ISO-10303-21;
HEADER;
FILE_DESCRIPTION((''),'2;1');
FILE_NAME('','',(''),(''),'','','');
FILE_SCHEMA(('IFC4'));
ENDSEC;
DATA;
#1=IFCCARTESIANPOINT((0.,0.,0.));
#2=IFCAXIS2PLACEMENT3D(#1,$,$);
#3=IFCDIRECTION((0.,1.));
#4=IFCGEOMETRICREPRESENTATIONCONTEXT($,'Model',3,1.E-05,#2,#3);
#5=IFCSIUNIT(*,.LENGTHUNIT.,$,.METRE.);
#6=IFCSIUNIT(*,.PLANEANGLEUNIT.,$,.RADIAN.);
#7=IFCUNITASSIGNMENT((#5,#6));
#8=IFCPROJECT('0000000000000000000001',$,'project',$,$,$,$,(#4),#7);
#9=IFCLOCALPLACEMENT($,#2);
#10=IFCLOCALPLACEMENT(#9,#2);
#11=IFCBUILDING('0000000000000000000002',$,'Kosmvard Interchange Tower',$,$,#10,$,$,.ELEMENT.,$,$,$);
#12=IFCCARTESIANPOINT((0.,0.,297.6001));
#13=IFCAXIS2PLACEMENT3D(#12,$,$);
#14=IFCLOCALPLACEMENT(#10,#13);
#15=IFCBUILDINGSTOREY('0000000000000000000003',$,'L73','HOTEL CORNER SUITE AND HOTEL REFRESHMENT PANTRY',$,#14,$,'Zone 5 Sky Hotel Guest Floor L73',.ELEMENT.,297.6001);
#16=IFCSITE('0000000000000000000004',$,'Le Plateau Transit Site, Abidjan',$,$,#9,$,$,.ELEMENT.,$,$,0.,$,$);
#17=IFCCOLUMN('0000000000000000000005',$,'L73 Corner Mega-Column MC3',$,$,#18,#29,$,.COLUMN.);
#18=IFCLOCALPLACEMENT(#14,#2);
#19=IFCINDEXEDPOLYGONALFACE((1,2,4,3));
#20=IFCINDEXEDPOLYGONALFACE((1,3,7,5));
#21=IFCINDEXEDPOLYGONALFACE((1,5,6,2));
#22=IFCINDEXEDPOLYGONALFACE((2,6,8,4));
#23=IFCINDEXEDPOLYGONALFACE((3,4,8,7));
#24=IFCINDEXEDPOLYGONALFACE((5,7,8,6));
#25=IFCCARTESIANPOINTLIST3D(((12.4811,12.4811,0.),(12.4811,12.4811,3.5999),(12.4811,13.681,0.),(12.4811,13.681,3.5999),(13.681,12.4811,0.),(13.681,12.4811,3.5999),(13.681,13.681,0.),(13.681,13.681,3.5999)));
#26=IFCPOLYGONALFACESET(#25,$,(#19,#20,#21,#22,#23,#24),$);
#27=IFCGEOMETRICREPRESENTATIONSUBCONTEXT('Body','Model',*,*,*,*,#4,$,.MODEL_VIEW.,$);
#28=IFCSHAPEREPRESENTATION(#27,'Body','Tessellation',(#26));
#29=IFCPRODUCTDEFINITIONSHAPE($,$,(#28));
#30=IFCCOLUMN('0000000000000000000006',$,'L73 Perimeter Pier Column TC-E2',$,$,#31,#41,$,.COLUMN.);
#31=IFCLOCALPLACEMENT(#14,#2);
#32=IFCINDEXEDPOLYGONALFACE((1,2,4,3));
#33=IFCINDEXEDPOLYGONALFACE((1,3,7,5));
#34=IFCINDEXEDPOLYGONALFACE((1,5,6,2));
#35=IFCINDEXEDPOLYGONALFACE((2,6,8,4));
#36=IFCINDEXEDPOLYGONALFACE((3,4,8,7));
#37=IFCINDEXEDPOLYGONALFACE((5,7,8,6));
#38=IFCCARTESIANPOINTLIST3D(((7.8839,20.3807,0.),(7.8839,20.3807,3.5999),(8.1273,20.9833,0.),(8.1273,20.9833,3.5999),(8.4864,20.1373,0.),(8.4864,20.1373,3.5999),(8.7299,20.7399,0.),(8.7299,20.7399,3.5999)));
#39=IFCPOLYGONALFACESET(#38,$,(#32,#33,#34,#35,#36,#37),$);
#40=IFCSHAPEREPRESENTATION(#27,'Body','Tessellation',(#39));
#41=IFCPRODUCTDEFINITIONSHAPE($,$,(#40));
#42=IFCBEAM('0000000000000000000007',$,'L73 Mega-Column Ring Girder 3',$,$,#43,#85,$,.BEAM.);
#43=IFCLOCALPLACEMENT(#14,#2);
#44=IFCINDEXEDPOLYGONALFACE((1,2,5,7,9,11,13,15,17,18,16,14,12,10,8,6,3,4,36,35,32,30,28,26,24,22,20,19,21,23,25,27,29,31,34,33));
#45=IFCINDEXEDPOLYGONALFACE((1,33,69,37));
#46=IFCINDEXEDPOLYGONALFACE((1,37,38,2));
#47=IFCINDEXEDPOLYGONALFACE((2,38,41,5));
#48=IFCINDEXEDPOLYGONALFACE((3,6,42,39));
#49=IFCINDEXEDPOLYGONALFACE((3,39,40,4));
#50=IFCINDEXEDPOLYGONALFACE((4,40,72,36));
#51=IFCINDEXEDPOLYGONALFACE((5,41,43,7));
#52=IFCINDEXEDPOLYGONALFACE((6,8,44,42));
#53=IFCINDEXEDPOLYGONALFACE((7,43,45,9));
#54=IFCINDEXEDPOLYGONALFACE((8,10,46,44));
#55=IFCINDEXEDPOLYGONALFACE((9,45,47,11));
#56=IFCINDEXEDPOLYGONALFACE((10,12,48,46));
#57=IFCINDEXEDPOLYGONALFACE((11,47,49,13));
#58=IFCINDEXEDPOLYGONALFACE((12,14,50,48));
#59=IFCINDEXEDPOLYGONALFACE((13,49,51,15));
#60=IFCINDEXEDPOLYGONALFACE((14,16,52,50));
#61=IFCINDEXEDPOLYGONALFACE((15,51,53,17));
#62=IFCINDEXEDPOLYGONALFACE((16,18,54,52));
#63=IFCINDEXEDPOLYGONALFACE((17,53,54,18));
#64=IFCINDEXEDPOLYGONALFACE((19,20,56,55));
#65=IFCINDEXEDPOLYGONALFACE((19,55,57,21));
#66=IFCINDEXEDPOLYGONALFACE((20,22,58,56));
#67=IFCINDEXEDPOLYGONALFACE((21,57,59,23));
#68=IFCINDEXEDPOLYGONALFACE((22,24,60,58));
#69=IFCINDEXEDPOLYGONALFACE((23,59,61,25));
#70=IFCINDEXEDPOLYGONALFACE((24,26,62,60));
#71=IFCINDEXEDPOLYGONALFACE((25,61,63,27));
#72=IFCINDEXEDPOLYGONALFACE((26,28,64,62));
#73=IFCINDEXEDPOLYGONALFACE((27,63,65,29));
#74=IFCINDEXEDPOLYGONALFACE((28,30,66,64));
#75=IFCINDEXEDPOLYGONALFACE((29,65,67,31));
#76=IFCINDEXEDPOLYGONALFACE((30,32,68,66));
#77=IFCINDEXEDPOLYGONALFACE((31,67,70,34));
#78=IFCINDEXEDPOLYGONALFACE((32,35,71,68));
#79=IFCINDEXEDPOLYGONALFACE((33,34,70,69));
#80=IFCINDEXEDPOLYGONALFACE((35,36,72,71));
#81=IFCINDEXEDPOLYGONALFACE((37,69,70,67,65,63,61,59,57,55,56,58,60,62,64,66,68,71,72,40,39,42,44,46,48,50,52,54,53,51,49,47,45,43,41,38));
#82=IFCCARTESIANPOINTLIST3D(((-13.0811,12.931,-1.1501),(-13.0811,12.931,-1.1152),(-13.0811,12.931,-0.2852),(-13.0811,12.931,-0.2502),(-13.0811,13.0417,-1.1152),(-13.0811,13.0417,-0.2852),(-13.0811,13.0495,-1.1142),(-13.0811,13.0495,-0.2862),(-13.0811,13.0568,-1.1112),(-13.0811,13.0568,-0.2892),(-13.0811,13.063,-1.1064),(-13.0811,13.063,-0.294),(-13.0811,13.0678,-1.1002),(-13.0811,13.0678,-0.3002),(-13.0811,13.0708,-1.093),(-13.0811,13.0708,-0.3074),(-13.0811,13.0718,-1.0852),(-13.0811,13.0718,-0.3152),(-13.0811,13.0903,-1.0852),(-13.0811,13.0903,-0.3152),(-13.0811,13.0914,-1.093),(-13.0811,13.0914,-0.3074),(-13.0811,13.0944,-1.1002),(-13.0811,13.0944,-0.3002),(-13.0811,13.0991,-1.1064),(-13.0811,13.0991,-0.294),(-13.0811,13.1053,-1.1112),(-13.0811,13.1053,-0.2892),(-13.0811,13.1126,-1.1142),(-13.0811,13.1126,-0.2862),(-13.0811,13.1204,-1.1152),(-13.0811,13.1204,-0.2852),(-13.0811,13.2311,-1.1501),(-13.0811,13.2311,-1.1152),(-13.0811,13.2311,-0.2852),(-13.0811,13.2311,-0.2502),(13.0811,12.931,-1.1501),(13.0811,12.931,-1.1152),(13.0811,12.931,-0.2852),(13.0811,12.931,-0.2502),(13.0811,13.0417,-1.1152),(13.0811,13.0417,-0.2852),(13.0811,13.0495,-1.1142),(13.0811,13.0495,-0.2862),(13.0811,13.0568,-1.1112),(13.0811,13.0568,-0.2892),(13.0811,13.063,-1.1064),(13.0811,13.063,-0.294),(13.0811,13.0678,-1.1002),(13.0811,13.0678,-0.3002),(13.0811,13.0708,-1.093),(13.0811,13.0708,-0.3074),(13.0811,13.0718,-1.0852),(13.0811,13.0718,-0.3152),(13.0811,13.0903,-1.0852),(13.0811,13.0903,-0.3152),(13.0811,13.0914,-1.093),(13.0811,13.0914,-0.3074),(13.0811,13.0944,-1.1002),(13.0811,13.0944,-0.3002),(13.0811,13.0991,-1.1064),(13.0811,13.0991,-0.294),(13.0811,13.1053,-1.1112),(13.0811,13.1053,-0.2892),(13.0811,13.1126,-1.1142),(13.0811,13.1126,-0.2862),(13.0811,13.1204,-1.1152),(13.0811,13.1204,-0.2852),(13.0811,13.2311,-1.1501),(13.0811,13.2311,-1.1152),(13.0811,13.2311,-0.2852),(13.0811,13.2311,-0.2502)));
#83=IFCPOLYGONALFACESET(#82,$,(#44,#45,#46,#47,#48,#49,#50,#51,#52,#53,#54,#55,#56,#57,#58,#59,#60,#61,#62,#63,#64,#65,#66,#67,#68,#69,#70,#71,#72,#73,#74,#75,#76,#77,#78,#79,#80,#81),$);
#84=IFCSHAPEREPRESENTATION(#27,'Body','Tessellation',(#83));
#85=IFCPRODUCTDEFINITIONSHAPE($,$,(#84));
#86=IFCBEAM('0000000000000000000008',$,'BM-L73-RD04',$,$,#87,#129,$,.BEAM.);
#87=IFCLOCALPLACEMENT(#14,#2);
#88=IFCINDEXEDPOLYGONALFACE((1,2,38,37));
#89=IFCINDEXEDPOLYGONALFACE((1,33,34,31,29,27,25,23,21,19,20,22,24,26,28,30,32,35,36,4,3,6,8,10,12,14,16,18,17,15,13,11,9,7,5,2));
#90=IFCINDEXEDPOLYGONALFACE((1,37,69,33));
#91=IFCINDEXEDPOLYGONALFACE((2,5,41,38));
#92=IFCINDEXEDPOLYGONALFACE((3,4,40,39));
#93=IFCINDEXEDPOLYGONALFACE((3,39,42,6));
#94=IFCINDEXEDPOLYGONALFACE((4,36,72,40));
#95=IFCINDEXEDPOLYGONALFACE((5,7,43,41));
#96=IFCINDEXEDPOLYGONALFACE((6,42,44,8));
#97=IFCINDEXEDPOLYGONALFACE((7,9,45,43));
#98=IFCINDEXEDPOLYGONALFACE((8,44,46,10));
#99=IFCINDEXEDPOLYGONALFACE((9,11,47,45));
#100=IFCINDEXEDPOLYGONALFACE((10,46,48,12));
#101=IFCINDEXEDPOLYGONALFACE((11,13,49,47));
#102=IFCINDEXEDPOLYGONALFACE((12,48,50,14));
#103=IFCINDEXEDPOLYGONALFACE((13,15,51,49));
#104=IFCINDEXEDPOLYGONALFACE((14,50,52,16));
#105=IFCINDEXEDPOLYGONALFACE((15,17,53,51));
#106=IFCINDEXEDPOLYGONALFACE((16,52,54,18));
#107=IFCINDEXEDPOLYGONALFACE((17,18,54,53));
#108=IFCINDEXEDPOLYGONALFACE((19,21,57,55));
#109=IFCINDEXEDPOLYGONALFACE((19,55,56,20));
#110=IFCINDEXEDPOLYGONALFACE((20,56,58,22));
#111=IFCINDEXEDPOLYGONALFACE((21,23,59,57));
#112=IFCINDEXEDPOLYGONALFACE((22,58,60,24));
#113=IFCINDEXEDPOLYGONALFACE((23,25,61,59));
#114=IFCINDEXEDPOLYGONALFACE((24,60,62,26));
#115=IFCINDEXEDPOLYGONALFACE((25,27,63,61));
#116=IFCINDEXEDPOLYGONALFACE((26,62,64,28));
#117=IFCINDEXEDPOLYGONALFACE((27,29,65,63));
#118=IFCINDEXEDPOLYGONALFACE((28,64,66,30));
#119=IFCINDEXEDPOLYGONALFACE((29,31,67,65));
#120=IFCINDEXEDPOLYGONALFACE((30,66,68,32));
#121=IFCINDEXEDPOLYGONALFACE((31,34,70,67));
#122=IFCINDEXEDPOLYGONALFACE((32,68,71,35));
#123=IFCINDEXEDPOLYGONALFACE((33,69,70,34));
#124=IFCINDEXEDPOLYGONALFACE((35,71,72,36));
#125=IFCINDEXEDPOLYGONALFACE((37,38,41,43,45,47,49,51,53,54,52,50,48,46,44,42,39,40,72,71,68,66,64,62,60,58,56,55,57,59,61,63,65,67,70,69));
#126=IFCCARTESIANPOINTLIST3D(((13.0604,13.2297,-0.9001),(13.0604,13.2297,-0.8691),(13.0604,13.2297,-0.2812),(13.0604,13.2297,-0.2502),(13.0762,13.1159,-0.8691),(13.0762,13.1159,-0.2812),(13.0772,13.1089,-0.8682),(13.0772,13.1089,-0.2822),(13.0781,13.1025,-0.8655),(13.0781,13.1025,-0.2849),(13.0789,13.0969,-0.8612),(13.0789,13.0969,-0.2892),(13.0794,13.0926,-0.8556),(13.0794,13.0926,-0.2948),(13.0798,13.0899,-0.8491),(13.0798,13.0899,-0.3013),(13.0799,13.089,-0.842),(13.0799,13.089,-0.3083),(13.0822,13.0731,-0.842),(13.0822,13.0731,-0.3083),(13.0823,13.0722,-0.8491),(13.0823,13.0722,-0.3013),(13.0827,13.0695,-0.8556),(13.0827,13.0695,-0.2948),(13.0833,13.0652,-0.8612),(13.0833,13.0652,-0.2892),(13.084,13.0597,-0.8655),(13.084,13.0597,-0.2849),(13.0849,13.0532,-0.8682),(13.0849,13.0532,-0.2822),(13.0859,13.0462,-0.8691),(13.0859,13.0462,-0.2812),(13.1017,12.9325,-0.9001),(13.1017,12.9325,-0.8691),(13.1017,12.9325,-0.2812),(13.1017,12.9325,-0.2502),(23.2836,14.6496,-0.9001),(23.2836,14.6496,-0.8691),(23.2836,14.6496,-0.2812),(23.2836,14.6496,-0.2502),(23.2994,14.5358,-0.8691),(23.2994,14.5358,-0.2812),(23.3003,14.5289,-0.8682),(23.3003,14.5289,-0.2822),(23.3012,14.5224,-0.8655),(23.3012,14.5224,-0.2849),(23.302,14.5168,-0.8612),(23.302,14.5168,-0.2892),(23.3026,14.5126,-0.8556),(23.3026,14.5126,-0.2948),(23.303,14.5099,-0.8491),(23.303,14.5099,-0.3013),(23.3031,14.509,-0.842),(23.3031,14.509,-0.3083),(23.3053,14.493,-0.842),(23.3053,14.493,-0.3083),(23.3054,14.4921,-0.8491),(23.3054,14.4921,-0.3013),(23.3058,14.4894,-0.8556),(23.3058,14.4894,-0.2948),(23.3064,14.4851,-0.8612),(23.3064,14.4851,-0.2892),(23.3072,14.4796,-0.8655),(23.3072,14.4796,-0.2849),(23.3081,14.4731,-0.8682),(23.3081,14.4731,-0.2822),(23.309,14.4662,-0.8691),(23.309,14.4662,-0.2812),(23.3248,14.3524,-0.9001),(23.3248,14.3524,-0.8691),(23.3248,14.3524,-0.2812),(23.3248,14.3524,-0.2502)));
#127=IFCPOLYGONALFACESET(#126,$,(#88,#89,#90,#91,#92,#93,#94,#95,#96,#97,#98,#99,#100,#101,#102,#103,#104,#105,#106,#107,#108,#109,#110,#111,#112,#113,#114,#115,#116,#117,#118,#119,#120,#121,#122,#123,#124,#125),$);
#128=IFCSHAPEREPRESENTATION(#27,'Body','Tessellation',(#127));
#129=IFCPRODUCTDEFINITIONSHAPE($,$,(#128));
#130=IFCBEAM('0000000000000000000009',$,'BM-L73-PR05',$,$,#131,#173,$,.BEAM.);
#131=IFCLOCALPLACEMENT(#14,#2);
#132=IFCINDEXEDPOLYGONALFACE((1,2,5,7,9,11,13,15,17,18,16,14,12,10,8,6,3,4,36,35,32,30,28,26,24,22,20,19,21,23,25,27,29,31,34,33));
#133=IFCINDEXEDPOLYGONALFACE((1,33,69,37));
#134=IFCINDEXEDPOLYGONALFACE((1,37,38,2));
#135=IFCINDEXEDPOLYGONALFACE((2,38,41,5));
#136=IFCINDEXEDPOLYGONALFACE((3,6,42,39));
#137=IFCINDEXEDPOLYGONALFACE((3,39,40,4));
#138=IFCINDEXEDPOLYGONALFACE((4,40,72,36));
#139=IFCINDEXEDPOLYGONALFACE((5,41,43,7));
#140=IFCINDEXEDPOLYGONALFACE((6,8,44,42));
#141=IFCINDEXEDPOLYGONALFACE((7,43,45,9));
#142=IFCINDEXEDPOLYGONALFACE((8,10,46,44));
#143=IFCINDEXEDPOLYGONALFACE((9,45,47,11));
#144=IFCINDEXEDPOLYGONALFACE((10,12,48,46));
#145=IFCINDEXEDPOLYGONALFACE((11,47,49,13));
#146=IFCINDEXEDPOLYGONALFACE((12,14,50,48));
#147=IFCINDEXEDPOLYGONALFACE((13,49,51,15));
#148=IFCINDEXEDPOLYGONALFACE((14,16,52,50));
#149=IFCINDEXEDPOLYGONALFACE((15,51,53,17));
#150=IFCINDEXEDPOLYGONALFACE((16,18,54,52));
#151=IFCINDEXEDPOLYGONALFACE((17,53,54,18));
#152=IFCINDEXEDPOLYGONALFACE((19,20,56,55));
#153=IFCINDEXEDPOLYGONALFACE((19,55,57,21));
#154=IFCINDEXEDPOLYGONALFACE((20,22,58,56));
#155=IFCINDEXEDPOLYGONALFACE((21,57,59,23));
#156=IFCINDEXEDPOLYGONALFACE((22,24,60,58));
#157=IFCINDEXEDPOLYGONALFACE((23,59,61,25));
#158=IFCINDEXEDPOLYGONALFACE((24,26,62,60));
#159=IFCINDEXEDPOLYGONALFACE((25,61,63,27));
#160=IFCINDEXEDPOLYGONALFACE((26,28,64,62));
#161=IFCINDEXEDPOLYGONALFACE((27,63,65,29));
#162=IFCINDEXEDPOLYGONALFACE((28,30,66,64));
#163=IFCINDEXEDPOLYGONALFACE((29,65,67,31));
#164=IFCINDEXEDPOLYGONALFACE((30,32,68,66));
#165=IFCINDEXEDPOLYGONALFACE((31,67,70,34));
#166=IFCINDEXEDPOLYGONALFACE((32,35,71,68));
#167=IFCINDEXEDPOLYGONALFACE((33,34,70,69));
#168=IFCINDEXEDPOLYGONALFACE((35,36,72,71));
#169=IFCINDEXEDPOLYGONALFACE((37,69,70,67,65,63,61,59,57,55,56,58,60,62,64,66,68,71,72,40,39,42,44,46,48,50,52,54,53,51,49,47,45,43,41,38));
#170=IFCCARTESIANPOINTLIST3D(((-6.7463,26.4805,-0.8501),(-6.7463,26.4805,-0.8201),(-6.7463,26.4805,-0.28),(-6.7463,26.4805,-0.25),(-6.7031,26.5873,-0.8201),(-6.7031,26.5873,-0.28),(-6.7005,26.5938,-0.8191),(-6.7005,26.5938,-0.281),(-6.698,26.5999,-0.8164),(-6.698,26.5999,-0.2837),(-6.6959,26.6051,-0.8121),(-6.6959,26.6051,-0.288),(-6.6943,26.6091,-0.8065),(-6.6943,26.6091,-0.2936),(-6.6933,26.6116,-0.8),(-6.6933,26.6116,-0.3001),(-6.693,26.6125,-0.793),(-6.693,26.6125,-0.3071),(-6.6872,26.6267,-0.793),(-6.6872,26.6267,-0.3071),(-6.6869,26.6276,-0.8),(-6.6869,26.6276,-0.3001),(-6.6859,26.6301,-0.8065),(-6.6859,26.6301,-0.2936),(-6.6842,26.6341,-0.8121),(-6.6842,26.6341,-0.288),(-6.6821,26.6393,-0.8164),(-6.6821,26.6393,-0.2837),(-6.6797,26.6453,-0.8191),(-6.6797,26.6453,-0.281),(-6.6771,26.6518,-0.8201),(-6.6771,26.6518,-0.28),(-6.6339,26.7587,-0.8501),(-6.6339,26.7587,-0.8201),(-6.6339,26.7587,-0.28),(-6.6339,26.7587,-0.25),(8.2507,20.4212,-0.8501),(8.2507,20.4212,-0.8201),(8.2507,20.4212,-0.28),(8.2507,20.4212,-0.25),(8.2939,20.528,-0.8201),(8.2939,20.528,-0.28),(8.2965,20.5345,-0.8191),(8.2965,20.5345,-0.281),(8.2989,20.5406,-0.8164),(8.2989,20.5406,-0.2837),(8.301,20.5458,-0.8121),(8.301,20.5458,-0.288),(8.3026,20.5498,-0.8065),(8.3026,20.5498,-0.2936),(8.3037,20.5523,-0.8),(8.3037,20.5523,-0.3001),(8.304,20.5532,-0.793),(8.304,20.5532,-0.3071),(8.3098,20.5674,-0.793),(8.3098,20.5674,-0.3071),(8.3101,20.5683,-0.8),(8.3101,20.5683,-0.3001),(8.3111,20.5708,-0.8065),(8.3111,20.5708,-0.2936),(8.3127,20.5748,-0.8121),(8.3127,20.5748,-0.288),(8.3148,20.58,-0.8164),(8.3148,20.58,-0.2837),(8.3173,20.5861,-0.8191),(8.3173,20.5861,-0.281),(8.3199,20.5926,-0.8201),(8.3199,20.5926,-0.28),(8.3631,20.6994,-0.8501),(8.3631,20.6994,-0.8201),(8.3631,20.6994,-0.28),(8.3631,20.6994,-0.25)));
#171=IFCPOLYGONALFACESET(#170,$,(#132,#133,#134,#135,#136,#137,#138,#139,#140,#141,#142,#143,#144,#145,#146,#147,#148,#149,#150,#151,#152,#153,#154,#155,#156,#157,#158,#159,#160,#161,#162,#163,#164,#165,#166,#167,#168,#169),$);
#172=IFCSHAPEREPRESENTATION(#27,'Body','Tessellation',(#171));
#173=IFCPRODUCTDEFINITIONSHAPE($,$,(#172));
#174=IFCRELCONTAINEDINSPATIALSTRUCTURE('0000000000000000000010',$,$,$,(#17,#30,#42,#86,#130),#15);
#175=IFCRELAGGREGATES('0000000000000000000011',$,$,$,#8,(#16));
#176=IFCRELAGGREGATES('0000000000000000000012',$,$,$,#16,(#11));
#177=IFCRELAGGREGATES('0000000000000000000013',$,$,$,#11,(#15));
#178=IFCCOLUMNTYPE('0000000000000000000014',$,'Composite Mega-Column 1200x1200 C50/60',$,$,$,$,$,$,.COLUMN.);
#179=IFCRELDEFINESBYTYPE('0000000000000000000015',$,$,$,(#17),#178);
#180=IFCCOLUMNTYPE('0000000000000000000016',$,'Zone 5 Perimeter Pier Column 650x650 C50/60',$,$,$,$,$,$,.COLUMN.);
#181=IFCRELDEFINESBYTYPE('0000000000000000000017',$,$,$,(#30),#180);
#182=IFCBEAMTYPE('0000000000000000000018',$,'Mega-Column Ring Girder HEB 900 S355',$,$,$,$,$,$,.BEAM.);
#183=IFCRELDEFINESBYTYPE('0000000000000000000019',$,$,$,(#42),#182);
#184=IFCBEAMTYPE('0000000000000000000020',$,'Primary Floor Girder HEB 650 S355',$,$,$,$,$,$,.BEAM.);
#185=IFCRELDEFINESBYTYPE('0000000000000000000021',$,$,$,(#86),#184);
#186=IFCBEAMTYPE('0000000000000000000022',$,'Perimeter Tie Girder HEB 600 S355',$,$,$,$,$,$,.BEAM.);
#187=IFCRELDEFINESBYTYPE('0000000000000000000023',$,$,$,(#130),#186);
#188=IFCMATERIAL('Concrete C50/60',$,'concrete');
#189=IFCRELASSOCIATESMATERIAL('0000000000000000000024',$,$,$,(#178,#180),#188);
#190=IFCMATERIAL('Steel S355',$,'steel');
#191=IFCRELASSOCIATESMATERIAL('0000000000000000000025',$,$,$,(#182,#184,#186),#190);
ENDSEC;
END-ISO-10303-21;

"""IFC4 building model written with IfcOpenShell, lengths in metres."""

from ifc_helpers import new_model, si_unit, direction, frame, origin, origin_2d, place, context, subcontext, project, spatial, rectangle, i_section, extrude, source, transform, mapped, material, material_profile, profile_set, type_object, element, save


model = new_model("IFC4")

# Units and contexts
model_context = context("Model", 3, precision=1e-05, world=origin(), true_north=direction((0.0, 1.0)))
body_context = subcontext(model_context, "Body", "Model", "MODEL_VIEW")
ifc_project = project(units=[si_unit("LENGTHUNIT", "METRE"), si_unit("PLANEANGLEUNIT", "RADIAN")], contexts=[model_context])

# Site, building, storey
site_placement = place(None, origin())
site = spatial("IfcSite", under=ifc_project, at=site_placement, Name="Le Plateau Transit Site, Abidjan", CompositionType="ELEMENT", RefElevation=0.0)
building_placement = place(site_placement, origin())
building = spatial("IfcBuilding", under=site, at=building_placement, Name="Kosmvard Interchange Tower", CompositionType="ELEMENT")
storey_placement = place(building_placement, frame((0.0, 0.0, 297.6001)))
storey = spatial("IfcBuildingStorey", under=building, at=storey_placement, Name="L73", Description="HOTEL CORNER SUITE AND HOTEL REFRESHMENT PANTRY", LongName="Zone 5 Sky Hotel Guest Floor L73", CompositionType="ELEMENT", Elevation=297.6001)

# Columns
ifc_material_1 = material(Name="Concrete C50/60", Category="concrete")
ifc_material_profile_1 = material_profile(ifc_material_1, rectangle(XDim=1.2, YDim=1.2, at=origin_2d()), Name="MC 1200x1200")
ifc_profile_set_1 = profile_set([ifc_material_profile_1], Name="Concrete C50/60")
column_type_1 = type_object("IfcColumnType", Name="Composite Mega-Column 1200x1200 C50/60", PredefinedType="COLUMN", material=ifc_profile_set_1)
shared_shape_1 = source(origin(), body_context, "Body", "SweptSolid", [
    extrude(rectangle(XDim=1.2, YDim=1.2, at=origin_2d()), origin(), (0.0, 0.0, 1.0), 3.5999),
])
column_1_placement = place(storey_placement, frame((13.0811, 13.0811, 0.0), z_axis=(0.0, 0.0, 1.0), x_axis=(1.0, 0.0, 0.0)))
element("IfcColumn", 1, at=column_1_placement, inside=storey, type_object=column_type_1, Name="L73 Corner Mega-Column MC3", PredefinedType="COLUMN", context=body_context, shape_type="MappedRepresentation", body=[
    mapped(shared_shape_1, transform((0.0, 0.0, 0.0), scale=1.0)),
])
ifc_material_profile_2 = material_profile(ifc_material_1, rectangle(XDim=0.6499, YDim=0.6499, at=origin_2d()), Name="TC 650x650")
ifc_profile_set_2 = profile_set([ifc_material_profile_2], Name="Concrete C50/60")
column_type_2 = type_object("IfcColumnType", Name="Zone 5 Perimeter Pier Column 650x650 C50/60", PredefinedType="COLUMN", material=ifc_profile_set_2)
shared_shape_2 = source(origin(), body_context, "Body", "SweptSolid", [
    extrude(rectangle(XDim=0.6499, YDim=0.6499, at=origin_2d()), origin(), (0.0, 0.0, 1.0), 3.5999),
])
column_2_placement = place(storey_placement, frame((8.3069, 20.5603, 0.0), z_axis=(0.0, 0.0, 1.0), x_axis=(0.374607, 0.927184, 0.0)))
element("IfcColumn", 2, at=column_2_placement, inside=storey, type_object=column_type_2, Name="L73 Perimeter Pier Column TC-E2", PredefinedType="COLUMN", context=body_context, shape_type="MappedRepresentation", body=[
    mapped(shared_shape_2, transform((0.0, 0.0, 0.0), scale=1.0)),
])

# Beams
ifc_material_2 = material(Name="Steel S355", Category="steel")
ifc_material_profile_3 = material_profile(ifc_material_2, i_section(OverallWidth=0.3, OverallDepth=0.8999, WebThickness=0.0186, FlangeThickness=0.0349, FilletRadius=0.03, at=origin_2d()), Name="HEB 900")
ifc_profile_set_3 = profile_set([ifc_material_profile_3], Name="Steel S355")
beam_type_1 = type_object("IfcBeamType", Name="Mega-Column Ring Girder HEB 900 S355", PredefinedType="BEAM", material=ifc_profile_set_3)
shared_shape_3 = source(origin(), body_context, "Body", "SweptSolid", [
    extrude(i_section(OverallWidth=0.3, OverallDepth=0.8999, WebThickness=0.0186, FlangeThickness=0.0349, FilletRadius=0.03, at=origin_2d()), origin(), (0.0, 0.0, 1.0), 26.1621),
])
beam_1_placement = place(storey_placement, frame((13.0811, 13.0811, -0.7002), z_axis=(-1.0, 0.0, 0.0), x_axis=(0.0, -1.0, 0.0)))
element("IfcBeam", 3, at=beam_1_placement, inside=storey, type_object=beam_type_1, Name="L73 Mega-Column Ring Girder 3", PredefinedType="BEAM", context=body_context, shape_type="MappedRepresentation", body=[
    mapped(shared_shape_3, transform((0.0, 0.0, 0.0), scale=1.0)),
])
ifc_material_profile_4 = material_profile(ifc_material_2, i_section(OverallWidth=0.3, OverallDepth=0.6499, WebThickness=0.0161, FlangeThickness=0.031, FilletRadius=0.0271, at=origin_2d()), Name="HEB 650")
ifc_profile_set_4 = profile_set([ifc_material_profile_4], Name="Steel S355")
beam_type_2 = type_object("IfcBeamType", Name="Primary Floor Girder HEB 650 S355", PredefinedType="BEAM", material=ifc_profile_set_4)
shared_shape_4 = source(origin(), body_context, "Body", "SweptSolid", [
    extrude(i_section(OverallWidth=0.3, OverallDepth=0.6499, WebThickness=0.0161, FlangeThickness=0.031, FilletRadius=0.0271, at=origin_2d()), origin(), (0.0, 0.0, 1.0), 10.3213),
])
beam_2_placement = place(storey_placement, frame((13.0811, 13.0811, -0.5752), z_axis=(0.990492, 0.137572, 0.0), x_axis=(-0.137572, 0.990492, 0.0)))
element("IfcBeam", 4, at=beam_2_placement, inside=storey, type_object=beam_type_2, Name="BM-L73-RD04", PredefinedType="BEAM", context=body_context, shape_type="MappedRepresentation", body=[
    mapped(shared_shape_4, transform((0.0, 0.0, 0.0), scale=1.0)),
])
ifc_material_profile_5 = material_profile(ifc_material_2, i_section(OverallWidth=0.3, OverallDepth=0.6001, WebThickness=0.0154, FlangeThickness=0.03, FilletRadius=0.0271, at=origin_2d()), Name="HEB 600")
ifc_profile_set_5 = profile_set([ifc_material_profile_5], Name="Steel S355")
beam_type_3 = type_object("IfcBeamType", Name="Perimeter Tie Girder HEB 600 S355", PredefinedType="BEAM", material=ifc_profile_set_5)
shared_shape_5 = source(origin(), body_context, "Body", "SweptSolid", [
    extrude(i_section(OverallWidth=0.3, OverallDepth=0.6001, WebThickness=0.0154, FlangeThickness=0.03, FilletRadius=0.0271, at=origin_2d()), origin(), (0.0, 0.0, 1.0), 16.1748),
])
beam_3_placement = place(storey_placement, frame((8.3069, 20.5603, -0.55), z_axis=(-0.927181, 0.374613, 0.0), x_axis=(-0.374613, -0.927181, 0.0)))
element("IfcBeam", 5, at=beam_3_placement, inside=storey, type_object=beam_type_3, Name="BM-L73-PR05", PredefinedType="BEAM", context=body_context, shape_type="MappedRepresentation", body=[
    mapped(shared_shape_5, transform((0.0, 0.0, 0.0), scale=1.0)),
])

save(model, "model.ifc")
